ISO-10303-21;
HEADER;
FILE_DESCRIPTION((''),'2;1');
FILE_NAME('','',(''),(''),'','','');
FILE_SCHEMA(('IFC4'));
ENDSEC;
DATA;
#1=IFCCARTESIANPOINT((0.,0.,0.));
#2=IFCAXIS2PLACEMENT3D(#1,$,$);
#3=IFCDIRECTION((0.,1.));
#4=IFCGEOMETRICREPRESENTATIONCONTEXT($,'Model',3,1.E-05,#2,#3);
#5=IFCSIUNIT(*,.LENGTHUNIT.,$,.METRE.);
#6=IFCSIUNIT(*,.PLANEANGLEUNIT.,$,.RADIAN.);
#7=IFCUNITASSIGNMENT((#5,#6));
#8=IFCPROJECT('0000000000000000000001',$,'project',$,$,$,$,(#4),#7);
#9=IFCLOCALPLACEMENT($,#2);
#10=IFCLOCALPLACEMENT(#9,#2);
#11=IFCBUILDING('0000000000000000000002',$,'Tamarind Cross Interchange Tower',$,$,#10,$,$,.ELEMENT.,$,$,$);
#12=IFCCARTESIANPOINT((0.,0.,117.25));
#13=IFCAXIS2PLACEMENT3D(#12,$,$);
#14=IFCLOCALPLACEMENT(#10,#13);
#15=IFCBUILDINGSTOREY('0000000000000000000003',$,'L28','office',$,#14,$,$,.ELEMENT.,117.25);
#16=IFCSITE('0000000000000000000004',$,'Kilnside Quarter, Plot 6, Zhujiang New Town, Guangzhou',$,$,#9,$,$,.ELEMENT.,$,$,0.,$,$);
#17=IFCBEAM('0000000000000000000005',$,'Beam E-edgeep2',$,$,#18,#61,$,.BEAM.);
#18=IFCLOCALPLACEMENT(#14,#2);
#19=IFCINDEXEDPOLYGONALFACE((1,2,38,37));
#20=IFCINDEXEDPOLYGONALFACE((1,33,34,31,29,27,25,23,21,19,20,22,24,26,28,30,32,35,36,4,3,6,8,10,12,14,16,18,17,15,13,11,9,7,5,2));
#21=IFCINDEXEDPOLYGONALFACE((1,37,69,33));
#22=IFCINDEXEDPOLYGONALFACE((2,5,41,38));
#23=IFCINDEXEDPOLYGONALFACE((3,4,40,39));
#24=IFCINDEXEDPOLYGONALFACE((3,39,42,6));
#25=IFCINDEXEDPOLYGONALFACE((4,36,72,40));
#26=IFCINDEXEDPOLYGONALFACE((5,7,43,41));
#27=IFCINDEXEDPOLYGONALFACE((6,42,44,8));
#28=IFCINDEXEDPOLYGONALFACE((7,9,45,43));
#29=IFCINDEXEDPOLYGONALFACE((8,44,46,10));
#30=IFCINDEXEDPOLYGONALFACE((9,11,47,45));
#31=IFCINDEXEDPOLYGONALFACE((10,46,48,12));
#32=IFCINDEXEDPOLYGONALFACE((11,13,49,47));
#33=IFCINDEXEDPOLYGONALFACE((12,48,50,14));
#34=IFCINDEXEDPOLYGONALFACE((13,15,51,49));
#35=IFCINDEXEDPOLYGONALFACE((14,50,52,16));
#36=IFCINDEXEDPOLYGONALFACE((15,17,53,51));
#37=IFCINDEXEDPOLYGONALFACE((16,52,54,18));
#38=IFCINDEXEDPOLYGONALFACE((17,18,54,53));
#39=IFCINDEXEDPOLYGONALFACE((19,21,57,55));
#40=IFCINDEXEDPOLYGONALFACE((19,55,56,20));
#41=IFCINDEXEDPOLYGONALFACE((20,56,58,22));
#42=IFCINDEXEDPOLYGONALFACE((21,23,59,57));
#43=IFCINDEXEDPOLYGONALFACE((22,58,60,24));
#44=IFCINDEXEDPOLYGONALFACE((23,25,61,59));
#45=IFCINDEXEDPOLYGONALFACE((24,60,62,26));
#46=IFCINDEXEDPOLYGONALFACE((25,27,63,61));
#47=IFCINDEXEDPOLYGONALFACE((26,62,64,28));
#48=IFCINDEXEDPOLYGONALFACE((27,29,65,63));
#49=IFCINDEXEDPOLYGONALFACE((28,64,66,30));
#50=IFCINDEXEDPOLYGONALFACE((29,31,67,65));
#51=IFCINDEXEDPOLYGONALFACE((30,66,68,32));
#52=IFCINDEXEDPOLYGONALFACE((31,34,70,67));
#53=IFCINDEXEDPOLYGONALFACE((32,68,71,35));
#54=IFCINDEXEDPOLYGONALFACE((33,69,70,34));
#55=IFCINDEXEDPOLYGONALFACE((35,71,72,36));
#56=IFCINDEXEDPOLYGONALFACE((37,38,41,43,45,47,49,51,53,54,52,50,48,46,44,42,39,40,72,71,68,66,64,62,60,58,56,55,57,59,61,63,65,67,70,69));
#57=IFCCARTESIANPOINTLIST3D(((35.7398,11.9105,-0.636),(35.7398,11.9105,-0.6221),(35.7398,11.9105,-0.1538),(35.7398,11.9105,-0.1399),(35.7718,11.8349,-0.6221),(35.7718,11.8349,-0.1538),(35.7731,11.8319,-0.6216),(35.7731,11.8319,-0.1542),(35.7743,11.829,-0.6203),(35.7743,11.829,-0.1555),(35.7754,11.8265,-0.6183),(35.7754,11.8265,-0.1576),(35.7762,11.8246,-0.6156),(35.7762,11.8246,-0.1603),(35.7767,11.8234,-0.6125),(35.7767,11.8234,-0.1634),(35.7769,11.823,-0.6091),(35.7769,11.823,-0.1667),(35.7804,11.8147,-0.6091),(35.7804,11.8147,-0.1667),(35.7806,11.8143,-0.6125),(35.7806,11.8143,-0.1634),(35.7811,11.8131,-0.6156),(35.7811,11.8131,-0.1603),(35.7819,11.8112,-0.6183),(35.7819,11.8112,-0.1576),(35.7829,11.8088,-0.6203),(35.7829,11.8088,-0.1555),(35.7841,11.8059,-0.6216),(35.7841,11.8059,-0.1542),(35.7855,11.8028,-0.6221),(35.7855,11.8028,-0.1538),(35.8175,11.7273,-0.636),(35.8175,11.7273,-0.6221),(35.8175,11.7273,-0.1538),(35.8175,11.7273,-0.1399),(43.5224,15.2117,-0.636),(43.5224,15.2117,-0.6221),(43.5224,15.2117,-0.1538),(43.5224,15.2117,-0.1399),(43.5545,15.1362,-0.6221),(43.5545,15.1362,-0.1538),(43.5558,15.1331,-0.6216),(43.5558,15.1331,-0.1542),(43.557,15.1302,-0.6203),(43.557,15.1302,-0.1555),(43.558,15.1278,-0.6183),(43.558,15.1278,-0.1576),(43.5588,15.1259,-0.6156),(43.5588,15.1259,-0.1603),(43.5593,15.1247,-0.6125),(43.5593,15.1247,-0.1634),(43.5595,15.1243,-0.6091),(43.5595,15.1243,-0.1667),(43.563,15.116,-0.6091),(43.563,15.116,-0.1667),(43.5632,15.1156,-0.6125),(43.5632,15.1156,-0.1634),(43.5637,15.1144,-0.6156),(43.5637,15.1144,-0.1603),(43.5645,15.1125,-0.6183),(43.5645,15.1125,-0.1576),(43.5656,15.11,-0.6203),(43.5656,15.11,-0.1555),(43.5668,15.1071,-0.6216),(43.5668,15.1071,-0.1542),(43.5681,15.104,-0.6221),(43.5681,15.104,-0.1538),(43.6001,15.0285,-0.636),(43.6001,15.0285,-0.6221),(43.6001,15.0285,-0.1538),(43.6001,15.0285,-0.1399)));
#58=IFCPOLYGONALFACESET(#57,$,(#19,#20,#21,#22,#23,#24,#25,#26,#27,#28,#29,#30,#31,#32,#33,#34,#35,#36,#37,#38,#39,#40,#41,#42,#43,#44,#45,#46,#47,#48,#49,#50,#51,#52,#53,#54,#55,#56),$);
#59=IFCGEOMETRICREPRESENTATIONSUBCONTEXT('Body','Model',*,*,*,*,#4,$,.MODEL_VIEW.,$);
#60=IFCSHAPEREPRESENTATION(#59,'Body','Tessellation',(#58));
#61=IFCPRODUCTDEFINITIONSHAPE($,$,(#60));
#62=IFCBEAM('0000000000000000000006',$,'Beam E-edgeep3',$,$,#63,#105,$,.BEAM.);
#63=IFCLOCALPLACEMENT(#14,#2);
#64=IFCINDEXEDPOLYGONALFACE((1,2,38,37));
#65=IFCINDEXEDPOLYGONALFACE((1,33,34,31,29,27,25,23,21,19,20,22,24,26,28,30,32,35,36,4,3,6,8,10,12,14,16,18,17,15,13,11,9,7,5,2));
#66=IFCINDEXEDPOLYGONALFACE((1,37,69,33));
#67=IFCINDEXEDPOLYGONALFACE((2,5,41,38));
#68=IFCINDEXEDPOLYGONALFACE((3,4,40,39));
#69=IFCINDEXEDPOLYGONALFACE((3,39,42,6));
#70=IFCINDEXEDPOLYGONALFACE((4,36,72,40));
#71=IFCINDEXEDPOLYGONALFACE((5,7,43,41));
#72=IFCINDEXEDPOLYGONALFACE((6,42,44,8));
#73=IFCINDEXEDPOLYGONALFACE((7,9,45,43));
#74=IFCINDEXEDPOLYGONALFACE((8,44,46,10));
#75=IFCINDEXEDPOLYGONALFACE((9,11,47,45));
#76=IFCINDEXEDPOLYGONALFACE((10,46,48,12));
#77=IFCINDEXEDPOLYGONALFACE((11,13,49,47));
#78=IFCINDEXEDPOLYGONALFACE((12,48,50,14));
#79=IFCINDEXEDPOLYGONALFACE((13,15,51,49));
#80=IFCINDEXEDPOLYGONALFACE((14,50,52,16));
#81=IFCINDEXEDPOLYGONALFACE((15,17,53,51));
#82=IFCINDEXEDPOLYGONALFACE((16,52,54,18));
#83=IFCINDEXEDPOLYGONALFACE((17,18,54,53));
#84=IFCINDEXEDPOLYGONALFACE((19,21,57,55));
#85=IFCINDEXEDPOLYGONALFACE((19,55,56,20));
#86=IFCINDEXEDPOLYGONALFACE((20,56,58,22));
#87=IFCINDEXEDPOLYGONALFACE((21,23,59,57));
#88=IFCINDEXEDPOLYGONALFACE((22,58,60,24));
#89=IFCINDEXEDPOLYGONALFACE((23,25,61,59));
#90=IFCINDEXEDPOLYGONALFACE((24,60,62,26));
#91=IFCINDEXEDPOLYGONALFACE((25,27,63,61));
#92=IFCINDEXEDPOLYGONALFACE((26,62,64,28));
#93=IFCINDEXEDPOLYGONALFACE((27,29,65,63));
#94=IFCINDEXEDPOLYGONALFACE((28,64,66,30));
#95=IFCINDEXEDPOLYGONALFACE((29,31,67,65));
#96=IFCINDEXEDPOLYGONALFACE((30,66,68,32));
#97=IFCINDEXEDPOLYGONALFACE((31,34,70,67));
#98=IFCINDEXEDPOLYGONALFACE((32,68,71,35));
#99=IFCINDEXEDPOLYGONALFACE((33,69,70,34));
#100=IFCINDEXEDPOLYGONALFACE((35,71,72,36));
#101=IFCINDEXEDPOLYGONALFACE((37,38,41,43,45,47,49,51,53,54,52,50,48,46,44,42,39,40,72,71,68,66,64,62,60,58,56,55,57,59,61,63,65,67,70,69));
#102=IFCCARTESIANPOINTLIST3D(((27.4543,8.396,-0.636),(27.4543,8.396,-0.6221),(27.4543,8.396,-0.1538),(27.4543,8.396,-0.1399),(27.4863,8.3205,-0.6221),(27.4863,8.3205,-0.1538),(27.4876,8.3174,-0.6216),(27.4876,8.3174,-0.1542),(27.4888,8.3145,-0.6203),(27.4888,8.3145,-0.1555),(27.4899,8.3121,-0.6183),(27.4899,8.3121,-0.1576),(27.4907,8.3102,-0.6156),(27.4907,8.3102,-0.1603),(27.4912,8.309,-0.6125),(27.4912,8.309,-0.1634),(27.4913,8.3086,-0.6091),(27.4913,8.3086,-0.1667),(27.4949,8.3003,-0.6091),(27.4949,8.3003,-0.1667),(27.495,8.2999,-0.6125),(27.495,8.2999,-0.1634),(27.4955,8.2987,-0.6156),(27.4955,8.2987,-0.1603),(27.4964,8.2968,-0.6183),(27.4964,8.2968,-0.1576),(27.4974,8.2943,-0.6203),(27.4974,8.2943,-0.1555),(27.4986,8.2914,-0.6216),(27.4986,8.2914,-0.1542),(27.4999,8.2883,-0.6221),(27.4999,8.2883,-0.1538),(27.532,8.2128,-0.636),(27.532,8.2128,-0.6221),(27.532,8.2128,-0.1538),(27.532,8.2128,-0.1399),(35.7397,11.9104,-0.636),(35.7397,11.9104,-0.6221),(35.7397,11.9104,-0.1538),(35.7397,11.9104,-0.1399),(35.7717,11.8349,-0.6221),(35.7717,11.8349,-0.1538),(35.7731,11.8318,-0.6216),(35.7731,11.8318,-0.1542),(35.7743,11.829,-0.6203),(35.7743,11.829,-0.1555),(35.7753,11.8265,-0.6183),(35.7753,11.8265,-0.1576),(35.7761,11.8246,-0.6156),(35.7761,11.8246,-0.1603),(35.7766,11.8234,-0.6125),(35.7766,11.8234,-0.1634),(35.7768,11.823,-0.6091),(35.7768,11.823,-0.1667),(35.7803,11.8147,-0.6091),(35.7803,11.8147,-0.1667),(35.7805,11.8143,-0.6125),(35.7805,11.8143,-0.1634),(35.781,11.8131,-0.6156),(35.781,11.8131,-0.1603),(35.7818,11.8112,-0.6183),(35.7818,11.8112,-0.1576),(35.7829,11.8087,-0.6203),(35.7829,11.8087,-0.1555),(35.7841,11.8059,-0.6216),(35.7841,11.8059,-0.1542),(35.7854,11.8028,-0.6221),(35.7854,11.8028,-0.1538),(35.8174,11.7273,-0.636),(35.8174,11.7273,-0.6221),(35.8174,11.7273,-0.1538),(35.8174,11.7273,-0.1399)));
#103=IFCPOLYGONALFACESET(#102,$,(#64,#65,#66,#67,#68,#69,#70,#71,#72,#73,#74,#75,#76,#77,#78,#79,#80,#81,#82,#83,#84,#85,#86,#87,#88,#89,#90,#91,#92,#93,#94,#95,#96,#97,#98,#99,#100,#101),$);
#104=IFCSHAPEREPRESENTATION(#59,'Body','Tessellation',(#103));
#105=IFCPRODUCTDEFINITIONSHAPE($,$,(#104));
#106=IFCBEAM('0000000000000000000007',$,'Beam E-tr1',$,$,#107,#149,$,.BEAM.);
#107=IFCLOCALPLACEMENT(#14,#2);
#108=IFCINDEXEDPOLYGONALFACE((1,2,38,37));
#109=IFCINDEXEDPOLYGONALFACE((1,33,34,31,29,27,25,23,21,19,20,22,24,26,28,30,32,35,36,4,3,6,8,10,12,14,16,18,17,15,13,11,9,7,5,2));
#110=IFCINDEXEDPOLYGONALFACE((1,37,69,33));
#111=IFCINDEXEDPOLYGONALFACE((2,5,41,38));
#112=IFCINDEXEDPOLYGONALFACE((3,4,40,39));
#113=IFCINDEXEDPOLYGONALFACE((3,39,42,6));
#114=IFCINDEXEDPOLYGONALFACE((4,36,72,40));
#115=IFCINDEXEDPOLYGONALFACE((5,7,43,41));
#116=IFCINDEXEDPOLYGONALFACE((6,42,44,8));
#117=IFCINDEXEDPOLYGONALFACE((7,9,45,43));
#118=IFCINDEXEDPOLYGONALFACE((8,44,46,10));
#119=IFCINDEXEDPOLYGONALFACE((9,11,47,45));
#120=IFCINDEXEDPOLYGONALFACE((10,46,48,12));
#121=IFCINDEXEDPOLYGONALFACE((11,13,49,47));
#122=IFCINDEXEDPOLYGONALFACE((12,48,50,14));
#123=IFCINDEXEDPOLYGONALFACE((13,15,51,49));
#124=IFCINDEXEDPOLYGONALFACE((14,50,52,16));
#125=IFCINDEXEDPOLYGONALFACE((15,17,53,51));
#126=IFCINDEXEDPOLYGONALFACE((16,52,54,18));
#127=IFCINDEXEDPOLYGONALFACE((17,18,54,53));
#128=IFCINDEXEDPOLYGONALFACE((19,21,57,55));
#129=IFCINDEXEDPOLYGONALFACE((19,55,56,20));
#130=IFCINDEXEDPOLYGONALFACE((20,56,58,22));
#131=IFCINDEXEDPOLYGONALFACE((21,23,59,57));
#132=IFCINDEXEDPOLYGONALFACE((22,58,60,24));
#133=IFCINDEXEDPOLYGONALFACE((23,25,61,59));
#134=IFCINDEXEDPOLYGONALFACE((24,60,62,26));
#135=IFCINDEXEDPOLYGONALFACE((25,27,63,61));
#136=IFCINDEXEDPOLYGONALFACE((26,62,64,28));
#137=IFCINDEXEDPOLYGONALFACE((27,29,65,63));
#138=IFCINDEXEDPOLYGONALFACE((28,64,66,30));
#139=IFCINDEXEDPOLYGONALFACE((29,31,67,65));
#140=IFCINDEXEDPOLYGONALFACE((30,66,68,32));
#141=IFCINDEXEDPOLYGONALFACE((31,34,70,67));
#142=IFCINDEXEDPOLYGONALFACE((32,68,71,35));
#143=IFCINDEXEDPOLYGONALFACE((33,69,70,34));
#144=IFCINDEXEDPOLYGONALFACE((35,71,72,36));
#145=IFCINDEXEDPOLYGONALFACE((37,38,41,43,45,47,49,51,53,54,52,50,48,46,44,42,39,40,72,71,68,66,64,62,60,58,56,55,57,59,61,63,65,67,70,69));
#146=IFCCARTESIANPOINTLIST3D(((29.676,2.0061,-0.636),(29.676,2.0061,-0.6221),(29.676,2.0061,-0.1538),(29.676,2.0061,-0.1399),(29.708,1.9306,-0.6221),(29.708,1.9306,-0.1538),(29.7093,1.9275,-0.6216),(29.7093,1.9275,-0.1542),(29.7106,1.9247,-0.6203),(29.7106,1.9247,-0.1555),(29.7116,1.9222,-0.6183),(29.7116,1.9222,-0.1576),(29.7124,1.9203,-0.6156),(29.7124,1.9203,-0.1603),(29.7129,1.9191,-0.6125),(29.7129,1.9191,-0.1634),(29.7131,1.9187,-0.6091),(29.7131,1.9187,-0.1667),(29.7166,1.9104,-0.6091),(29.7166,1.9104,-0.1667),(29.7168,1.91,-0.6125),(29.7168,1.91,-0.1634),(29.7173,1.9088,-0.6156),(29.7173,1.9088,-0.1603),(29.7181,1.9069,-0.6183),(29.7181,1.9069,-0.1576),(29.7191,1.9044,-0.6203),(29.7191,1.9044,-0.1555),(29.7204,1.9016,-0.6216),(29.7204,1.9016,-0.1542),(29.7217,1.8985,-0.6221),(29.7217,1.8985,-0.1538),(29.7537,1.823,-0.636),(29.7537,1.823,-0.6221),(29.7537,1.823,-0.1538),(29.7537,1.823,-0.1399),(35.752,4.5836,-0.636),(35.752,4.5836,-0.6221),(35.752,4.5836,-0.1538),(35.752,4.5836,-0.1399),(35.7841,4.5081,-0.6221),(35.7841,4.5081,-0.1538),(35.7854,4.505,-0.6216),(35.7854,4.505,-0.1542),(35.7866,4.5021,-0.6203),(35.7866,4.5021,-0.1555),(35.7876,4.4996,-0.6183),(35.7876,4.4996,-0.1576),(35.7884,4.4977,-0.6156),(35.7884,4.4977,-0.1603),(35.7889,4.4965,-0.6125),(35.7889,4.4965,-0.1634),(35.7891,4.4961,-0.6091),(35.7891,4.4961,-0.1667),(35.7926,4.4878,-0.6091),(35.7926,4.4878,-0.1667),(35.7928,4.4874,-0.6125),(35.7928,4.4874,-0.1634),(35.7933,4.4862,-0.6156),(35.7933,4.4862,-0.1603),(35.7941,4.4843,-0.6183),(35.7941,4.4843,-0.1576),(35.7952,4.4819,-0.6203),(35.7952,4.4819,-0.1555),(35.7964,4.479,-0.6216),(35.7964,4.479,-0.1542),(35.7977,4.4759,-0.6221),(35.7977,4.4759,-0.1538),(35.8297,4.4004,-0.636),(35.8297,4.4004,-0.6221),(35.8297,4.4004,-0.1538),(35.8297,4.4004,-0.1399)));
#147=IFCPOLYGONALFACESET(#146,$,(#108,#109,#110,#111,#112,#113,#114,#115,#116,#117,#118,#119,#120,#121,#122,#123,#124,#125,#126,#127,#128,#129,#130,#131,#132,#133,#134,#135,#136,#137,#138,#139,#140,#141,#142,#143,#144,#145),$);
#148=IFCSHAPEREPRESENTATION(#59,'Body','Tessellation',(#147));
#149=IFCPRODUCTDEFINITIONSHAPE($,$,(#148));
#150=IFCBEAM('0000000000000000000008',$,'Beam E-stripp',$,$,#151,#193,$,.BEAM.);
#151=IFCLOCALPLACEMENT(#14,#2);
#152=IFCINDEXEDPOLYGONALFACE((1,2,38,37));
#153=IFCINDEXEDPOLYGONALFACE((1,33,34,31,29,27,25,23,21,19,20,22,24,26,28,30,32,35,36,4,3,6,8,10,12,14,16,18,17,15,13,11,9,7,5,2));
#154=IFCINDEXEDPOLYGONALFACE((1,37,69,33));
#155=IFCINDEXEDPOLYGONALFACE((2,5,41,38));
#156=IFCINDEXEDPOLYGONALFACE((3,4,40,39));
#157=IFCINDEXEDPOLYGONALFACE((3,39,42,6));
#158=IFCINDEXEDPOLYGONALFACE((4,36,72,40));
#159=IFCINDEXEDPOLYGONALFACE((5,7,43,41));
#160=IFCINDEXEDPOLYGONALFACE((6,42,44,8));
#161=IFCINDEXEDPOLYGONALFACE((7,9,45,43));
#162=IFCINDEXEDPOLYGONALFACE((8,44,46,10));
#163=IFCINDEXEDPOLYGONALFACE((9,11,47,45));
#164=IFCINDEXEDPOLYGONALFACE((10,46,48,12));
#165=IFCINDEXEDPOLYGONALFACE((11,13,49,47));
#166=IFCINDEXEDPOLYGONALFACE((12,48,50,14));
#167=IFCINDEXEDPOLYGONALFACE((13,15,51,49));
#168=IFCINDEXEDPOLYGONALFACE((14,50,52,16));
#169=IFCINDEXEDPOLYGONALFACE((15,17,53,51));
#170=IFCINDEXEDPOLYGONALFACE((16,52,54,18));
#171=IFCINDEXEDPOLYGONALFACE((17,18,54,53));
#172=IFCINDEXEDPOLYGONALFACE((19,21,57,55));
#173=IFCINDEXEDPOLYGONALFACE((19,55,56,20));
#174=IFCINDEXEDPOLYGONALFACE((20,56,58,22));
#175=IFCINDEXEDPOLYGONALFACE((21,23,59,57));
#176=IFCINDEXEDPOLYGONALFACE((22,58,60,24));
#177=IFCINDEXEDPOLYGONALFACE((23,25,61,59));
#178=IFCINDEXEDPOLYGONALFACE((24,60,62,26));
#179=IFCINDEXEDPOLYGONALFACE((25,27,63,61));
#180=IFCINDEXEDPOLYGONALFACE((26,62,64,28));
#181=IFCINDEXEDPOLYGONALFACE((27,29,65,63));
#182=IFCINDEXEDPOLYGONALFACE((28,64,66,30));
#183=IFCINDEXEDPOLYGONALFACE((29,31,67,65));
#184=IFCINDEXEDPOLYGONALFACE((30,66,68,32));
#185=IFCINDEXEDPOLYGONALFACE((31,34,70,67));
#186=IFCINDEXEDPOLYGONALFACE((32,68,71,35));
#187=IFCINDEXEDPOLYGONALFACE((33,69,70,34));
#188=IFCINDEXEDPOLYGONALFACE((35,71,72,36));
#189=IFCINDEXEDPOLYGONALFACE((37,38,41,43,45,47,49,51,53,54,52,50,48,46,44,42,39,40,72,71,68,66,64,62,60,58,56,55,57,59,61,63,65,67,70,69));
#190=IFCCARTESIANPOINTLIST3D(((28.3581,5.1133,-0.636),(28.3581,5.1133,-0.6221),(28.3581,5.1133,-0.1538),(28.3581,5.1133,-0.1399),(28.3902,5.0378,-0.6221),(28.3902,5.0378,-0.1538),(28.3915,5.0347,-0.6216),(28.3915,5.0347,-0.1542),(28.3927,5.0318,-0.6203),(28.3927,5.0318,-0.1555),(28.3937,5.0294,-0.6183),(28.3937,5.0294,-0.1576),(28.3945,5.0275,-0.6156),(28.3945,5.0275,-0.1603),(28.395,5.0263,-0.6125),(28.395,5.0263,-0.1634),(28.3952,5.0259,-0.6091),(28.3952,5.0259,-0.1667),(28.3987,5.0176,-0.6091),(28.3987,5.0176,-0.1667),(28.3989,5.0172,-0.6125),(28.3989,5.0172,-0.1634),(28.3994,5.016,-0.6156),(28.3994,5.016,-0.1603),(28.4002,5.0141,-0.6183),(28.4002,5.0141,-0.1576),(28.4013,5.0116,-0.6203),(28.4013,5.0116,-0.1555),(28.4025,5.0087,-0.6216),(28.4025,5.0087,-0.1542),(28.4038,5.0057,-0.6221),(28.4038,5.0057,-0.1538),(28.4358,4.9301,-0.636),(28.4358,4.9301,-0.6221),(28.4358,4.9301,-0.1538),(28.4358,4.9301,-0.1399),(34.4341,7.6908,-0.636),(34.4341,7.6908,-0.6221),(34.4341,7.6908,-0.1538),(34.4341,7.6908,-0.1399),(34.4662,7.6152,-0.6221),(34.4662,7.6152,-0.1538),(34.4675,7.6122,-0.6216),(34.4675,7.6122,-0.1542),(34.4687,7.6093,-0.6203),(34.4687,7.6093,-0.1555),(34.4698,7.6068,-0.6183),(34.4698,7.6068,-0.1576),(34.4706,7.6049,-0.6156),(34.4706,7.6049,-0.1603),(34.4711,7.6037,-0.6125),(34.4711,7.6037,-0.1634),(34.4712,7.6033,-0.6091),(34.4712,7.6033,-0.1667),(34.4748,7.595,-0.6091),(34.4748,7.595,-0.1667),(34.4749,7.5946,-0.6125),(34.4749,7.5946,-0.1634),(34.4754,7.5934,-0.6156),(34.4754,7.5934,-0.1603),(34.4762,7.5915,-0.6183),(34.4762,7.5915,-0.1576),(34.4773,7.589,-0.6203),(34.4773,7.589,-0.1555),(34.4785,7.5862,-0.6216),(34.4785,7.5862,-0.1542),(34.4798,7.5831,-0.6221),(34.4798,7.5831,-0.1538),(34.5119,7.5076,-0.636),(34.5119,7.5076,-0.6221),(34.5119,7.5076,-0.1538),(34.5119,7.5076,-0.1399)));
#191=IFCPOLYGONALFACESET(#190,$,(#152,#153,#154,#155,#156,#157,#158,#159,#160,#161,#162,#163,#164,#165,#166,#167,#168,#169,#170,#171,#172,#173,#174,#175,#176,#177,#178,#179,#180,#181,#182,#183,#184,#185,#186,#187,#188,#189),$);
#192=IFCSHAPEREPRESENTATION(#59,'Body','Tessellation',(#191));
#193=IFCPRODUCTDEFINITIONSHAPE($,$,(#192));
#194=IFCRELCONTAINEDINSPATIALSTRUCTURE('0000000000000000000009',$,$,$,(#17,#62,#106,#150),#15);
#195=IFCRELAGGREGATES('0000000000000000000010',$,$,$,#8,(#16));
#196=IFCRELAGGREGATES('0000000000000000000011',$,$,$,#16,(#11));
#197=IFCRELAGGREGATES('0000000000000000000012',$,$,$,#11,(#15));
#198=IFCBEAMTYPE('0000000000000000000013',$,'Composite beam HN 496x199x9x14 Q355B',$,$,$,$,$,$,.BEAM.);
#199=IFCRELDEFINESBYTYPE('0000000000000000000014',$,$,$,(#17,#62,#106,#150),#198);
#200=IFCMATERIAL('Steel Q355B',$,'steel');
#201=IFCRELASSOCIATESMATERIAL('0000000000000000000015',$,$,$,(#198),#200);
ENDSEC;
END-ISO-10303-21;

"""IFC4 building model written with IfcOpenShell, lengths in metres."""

from ifc_helpers import new_model, si_unit, direction, frame, origin, origin_2d, place, context, subcontext, project, spatial, i_section, extrude, material, material_profile, profile_set, type_object, element, save


model = new_model("IFC4")

# Units and contexts
model_context = context("Model", 3, precision=1e-05, world=origin(), true_north=direction((0.0, 1.0)))
body_context = subcontext(model_context, "Body", "Model", "MODEL_VIEW")
ifc_project = project(units=[si_unit("LENGTHUNIT", "METRE"), si_unit("PLANEANGLEUNIT", "RADIAN")], contexts=[model_context])

# Site, building, storey
site_placement = place(None, origin())
site = spatial("IfcSite", under=ifc_project, at=site_placement, Name="Kilnside Quarter, Plot 6, Zhujiang New Town, Guangzhou", CompositionType="ELEMENT", RefElevation=0.0)
building_placement = place(site_placement, origin())
building = spatial("IfcBuilding", under=site, at=building_placement, Name="Tamarind Cross Interchange Tower", CompositionType="ELEMENT")
storey_placement = place(building_placement, frame((0.0, 0.0, 117.25)))
storey = spatial("IfcBuildingStorey", under=building, at=storey_placement, Name="L28", Description="office", CompositionType="ELEMENT", Elevation=117.25)

# Beams
ifc_material_1 = material(Name="Steel Q355B", Category="steel")
ifc_material_profile_1 = material_profile(ifc_material_1, i_section(OverallWidth=0.199, OverallDepth=0.4961, WebThickness=0.009, FlangeThickness=0.0139, FilletRadius=0.0129, at=origin_2d()), Name="HN 496x199x9x14")
ifc_profile_set_1 = profile_set([ifc_material_profile_1], Name="Steel Q355B")
beam_type_1 = type_object("IfcBeamType", Name="Composite beam HN 496x199x9x14 Q355B", PredefinedType="BEAM", material=ifc_profile_set_1)
beam_1_placement = place(storey_placement, frame((43.5613, 15.1201, -0.3879), z_axis=(-0.920603, -0.390501, 0.0), x_axis=(0.390501, -0.920603, 0.0)))
element("IfcBeam", 1, at=beam_1_placement, inside=storey, type_object=beam_type_1, Name="Beam E-edgeep2", PredefinedType="BEAM", context=body_context, shape_type="SweptSolid", body=[
    extrude(i_section(OverallWidth=0.199, OverallDepth=0.4961, WebThickness=0.009, FlangeThickness=0.0139, FilletRadius=0.0129, at=origin_2d()), origin(), (0.0, 0.0, 1.0), 8.4539),
])
beam_2_placement = place(storey_placement, frame((35.7786, 11.8188, -0.3879), z_axis=(-0.920606, -0.390492, 0.0), x_axis=(0.390492, -0.920606, 0.0)))
element("IfcBeam", 2, at=beam_2_placement, inside=storey, type_object=beam_type_1, Name="Beam E-edgeep3", PredefinedType="BEAM", context=body_context, shape_type="SweptSolid", body=[
    extrude(i_section(OverallWidth=0.199, OverallDepth=0.4961, WebThickness=0.009, FlangeThickness=0.0139, FilletRadius=0.0129, at=origin_2d()), origin(), (0.0, 0.0, 1.0), 9.0),
])
for number, where, z_axis, x_axis, name in (
    (3, (29.7148, 1.9146, -0.3879), (0.920597, 0.390515, 0.0), (-0.390515, 0.920597, 0.0), "Beam E-tr1"),
    (4, (28.397, 5.0217, -0.3879), (0.920597, 0.390515, 0.0), (-0.390515, 0.920597, 0.0), "Beam E-stripp"),
):
    element("IfcBeam", number, at=place(storey_placement, frame(where, z_axis=z_axis, x_axis=x_axis)), inside=storey, type_object=beam_type_1, Name=name, PredefinedType="BEAM", context=body_context, shape_type="SweptSolid", body=[
        extrude(i_section(OverallWidth=0.199, OverallDepth=0.4961, WebThickness=0.009, FlangeThickness=0.0139, FilletRadius=0.0129, at=origin_2d()), origin(), (0.0, 0.0, 1.0), 6.6001),
    ])

save(model, "model.ifc")
